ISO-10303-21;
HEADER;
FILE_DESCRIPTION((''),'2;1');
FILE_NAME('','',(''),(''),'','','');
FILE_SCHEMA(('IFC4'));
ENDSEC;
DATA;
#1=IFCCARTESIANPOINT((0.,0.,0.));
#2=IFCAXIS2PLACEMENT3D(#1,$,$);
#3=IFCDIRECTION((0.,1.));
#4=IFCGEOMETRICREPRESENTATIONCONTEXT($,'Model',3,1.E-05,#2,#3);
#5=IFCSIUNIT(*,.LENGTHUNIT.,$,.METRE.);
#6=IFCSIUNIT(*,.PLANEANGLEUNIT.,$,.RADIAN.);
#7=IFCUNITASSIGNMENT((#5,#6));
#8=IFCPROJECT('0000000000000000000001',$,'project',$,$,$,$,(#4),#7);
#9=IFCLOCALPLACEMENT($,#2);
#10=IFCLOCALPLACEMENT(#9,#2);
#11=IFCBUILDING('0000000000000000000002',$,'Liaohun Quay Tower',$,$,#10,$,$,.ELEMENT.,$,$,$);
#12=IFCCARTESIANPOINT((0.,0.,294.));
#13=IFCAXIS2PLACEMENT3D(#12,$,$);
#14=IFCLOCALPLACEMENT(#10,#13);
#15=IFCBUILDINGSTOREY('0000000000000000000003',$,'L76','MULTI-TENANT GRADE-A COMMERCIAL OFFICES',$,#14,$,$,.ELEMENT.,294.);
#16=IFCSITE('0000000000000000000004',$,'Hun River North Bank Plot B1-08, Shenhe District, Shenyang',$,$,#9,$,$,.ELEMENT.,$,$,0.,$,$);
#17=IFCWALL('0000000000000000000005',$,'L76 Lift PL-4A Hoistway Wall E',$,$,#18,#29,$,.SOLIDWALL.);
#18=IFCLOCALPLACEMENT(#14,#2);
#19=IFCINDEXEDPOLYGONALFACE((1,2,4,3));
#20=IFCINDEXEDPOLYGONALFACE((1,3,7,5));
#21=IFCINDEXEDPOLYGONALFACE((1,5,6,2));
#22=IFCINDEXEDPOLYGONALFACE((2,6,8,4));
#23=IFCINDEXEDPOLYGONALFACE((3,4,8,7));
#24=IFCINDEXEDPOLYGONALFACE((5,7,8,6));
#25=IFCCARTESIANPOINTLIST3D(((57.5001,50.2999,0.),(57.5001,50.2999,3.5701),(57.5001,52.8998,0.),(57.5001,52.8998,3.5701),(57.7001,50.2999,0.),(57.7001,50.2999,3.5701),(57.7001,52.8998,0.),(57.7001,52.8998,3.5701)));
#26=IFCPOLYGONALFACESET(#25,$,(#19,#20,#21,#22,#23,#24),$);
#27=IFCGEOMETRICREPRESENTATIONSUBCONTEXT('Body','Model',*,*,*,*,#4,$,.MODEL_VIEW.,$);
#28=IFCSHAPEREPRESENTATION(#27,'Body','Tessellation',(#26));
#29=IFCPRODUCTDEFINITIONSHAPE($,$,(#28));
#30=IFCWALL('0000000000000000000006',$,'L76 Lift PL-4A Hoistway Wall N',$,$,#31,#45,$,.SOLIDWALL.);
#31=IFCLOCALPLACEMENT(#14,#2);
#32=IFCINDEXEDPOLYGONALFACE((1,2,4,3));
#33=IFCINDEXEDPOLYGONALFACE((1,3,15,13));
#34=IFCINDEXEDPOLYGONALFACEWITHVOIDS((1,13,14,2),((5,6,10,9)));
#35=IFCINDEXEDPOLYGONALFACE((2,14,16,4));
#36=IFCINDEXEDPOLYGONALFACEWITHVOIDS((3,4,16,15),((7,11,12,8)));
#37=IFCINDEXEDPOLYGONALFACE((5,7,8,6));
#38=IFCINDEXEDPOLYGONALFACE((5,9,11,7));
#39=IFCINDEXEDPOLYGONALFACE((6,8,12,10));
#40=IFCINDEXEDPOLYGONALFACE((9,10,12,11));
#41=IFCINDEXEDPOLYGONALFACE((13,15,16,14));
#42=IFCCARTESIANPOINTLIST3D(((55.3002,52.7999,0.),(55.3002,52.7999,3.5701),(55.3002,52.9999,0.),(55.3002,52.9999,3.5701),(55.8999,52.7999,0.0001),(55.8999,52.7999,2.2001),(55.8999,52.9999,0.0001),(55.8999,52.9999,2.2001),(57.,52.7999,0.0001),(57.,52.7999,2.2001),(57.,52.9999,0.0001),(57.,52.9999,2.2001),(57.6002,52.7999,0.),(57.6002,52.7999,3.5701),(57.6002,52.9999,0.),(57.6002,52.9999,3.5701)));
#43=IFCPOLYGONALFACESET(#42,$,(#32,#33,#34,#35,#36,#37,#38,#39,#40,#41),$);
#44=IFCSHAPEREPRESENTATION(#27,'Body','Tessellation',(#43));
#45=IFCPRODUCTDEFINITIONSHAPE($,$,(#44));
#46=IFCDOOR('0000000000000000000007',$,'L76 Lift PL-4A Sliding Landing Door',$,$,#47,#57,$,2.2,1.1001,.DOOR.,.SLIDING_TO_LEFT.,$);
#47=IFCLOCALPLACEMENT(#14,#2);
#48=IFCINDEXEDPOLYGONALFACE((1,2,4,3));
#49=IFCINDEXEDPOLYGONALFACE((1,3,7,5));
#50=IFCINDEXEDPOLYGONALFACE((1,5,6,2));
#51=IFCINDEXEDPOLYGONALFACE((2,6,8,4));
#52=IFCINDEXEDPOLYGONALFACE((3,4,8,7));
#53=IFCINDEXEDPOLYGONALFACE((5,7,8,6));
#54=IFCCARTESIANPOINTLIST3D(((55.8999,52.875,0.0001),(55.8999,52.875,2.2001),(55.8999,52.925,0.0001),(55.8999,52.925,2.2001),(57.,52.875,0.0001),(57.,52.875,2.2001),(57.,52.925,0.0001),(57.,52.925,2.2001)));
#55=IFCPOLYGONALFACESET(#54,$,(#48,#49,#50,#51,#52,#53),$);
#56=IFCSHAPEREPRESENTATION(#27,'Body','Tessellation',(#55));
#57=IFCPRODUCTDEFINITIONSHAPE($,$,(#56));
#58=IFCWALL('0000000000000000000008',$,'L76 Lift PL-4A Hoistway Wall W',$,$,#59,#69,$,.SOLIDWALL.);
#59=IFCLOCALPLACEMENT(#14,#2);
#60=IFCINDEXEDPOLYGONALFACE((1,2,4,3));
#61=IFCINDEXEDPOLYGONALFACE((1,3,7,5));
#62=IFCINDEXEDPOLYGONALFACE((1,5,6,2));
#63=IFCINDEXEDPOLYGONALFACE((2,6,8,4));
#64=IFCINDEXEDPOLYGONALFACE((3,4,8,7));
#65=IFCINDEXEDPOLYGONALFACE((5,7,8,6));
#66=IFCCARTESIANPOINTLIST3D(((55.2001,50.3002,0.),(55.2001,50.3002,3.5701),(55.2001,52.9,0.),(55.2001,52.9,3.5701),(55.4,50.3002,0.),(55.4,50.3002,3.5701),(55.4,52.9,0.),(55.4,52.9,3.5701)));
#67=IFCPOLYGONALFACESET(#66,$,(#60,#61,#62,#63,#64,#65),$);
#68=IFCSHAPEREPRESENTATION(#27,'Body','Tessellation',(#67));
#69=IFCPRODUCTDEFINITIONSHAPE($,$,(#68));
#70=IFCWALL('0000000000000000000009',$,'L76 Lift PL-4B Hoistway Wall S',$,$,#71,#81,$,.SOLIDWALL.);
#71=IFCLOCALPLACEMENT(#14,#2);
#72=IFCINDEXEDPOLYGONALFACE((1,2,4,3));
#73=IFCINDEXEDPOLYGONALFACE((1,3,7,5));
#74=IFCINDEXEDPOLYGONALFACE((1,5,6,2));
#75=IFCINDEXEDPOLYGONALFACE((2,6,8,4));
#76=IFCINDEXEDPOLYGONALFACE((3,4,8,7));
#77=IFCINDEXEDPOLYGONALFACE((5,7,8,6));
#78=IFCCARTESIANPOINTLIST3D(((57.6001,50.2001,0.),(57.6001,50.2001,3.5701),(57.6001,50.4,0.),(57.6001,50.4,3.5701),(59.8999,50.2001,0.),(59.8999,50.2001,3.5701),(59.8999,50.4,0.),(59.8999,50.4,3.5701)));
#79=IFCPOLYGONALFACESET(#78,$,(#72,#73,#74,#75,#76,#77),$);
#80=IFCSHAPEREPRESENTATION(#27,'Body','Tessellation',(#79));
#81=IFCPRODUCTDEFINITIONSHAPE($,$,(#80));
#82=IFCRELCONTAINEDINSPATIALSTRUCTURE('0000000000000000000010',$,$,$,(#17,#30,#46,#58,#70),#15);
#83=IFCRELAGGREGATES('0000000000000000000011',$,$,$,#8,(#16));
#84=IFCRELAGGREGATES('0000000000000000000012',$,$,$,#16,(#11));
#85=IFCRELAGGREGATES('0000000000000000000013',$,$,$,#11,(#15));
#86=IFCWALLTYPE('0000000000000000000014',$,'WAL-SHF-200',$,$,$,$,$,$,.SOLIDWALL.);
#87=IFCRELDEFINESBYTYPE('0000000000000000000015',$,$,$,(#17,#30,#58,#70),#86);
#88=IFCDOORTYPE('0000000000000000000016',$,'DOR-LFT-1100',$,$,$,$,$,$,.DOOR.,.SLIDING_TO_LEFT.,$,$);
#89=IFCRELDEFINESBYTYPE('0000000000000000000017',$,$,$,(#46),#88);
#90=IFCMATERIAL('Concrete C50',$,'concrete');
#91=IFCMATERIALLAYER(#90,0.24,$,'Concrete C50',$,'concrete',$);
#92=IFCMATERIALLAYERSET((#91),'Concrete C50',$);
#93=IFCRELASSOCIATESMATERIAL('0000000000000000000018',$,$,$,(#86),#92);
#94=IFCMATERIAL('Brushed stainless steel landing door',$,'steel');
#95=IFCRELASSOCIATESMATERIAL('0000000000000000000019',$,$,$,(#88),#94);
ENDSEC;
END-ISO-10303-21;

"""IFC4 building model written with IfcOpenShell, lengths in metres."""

from ifc_helpers import new_model, si_unit, direction, frame, frame_2d, origin, place, context, subcontext, project, spatial, rectangle, extrude, source, transform, mapped, material, layer, layer_set, type_object, element, fill, save


model = new_model("IFC4")

# Units and contexts
model_context = context("Model", 3, precision=1e-05, world=origin(), true_north=direction((0.0, 1.0)))
body_context = subcontext(model_context, "Body", "Model", "MODEL_VIEW")
ifc_project = project(units=[si_unit("LENGTHUNIT", "METRE"), si_unit("PLANEANGLEUNIT", "RADIAN")], contexts=[model_context])

# Site, building, storey
site_placement = place(None, origin())
site = spatial("IfcSite", under=ifc_project, at=site_placement, Name="Hun River North Bank Plot B1-08, Shenhe District, Shenyang", CompositionType="ELEMENT", RefElevation=0.0)
building_placement = place(site_placement, origin())
building = spatial("IfcBuilding", under=site, at=building_placement, Name="Liaohun Quay Tower", CompositionType="ELEMENT")
storey_placement = place(building_placement, frame((0.0, 0.0, 294.0)))
storey = spatial("IfcBuildingStorey", under=building, at=storey_placement, Name="L76", Description="MULTI-TENANT GRADE-A COMMERCIAL OFFICES", CompositionType="ELEMENT", Elevation=294.0)

# Shared definitions
ifc_material_1 = material(Name="Concrete C50", Category="concrete")

# Shared definitions
ifc_layer_1 = layer(ifc_material_1, 0.24, Name="Concrete C50", Category="concrete")
ifc_layer_set_1 = layer_set([ifc_layer_1], Name="Concrete C50")
wall_type_1 = type_object("IfcWallType", Name="WAL-SHF-200", PredefinedType="SOLIDWALL", material=ifc_layer_set_1)

# Wall
wall_1_placement = place(storey_placement, frame((57.6001, 50.3, 0.0), z_axis=(0.0, 0.0, 1.0), x_axis=(0.0, 1.0, 0.0)))
element("IfcWall", 1, at=wall_1_placement, inside=storey, type_object=wall_type_1, Name="L76 Lift PL-4A Hoistway Wall E", PredefinedType="SOLIDWALL", context=body_context, shape_type="SweptSolid", body=[
    extrude(rectangle(XDim=2.5999, YDim=0.2, at=frame_2d((1.2998, 0.0))), origin(), (0.0, 0.0, 1.0), 3.5701),
])

# Wall, opening, door
wall_2_placement = place(storey_placement, frame((57.6001, 52.8999, 0.0), z_axis=(0.0, 0.0, 1.0), x_axis=(-1.0, 0.0, 0.0)))
wall_2 = element("IfcWall", 2, at=wall_2_placement, inside=storey, type_object=wall_type_1, Name="L76 Lift PL-4A Hoistway Wall N", PredefinedType="SOLIDWALL", context=body_context, shape_type="SweptSolid", body=[
    extrude(rectangle(XDim=2.3, YDim=0.2, at=frame_2d((1.1499, 0.0))), origin(), (0.0, 0.0, 1.0), 3.5701),
])
shared_shape_1 = source(origin(), body_context, "Body", "SweptSolid", [
    extrude(rectangle(XDim=1.1001, YDim=2.2, at=frame_2d((0.55, 1.1001))), frame((0.0, 0.1099, 0.0), z_axis=(0.0, -1.0, 0.0), x_axis=(1.0, 0.0, 0.0)), (0.0, 0.0, 1.0), 0.22),
])
opening_1_placement = place(wall_2_placement, frame((0.6001, 0.0, 0.0)))
opening_1 = element("IfcOpeningElement", 3, at=opening_1_placement, cuts=wall_2, PredefinedType="OPENING", context=body_context, shape_type="MappedRepresentation", body=[
    mapped(shared_shape_1, transform((0.0, 0.0, 0.0), x_axis=(1.0, 0.0, 0.0), y_axis=(0.0, 1.0, 0.0), z_axis=(0.0, 0.0, 1.0), scale=1.0)),
])
ifc_material_2 = material(Name="Brushed stainless steel landing door", Category="steel")
door_type_1 = type_object("IfcDoorType", Name="DOR-LFT-1100", OperationType="SLIDING_TO_LEFT", PredefinedType="DOOR", material=ifc_material_2)
shared_shape_2 = source(origin(), body_context, "Body", "SweptSolid", [
    extrude(rectangle(XDim=1.1001, YDim=2.2, at=frame_2d((0.55, 1.1001))), frame((0.0, 0.0249, 0.0), z_axis=(0.0, -1.0, 0.0), x_axis=(1.0, 0.0, 0.0)), (0.0, 0.0, 1.0), 0.05),
])
door_1_placement = place(opening_1_placement, origin())
door_1 = element("IfcDoor", 4, at=door_1_placement, inside=storey, type_object=door_type_1, Name="L76 Lift PL-4A Sliding Landing Door", OperationType="SLIDING_TO_LEFT", OverallHeight=2.2, OverallWidth=1.1001, PredefinedType="DOOR", context=body_context, shape_type="MappedRepresentation", body=[
    mapped(shared_shape_2, transform((0.0, 0.0, 0.0), x_axis=(1.0, 0.0, 0.0), y_axis=(0.0, 1.0, 0.0), z_axis=(0.0, 0.0, 1.0), scale=1.0)),
])
fill(opening_1, door_1)

# Walls
wall_3_placement = place(storey_placement, frame((55.3, 52.8999, 0.0), z_axis=(0.0, 0.0, 1.0), x_axis=(0.0, -1.0, 0.0)))
element("IfcWall", 5, at=wall_3_placement, inside=storey, type_object=wall_type_1, Name="L76 Lift PL-4A Hoistway Wall W", PredefinedType="SOLIDWALL", context=body_context, shape_type="SweptSolid", body=[
    extrude(rectangle(XDim=2.5999, YDim=0.2, at=frame_2d((1.2998, 0.0))), origin(), (0.0, 0.0, 1.0), 3.5701),
])
wall_4_placement = place(storey_placement, frame((57.6001, 50.3, 0.0), z_axis=(0.0, 0.0, 1.0), x_axis=(1.0, 0.0, 0.0)))
element("IfcWall", 6, at=wall_4_placement, inside=storey, type_object=wall_type_1, Name="L76 Lift PL-4B Hoistway Wall S", PredefinedType="SOLIDWALL", context=body_context, shape_type="SweptSolid", body=[
    extrude(rectangle(XDim=2.2998, YDim=0.2, at=frame_2d((1.1499, 0.0))), origin(), (0.0, 0.0, 1.0), 3.5701),
])

save(model, "model.ifc")
